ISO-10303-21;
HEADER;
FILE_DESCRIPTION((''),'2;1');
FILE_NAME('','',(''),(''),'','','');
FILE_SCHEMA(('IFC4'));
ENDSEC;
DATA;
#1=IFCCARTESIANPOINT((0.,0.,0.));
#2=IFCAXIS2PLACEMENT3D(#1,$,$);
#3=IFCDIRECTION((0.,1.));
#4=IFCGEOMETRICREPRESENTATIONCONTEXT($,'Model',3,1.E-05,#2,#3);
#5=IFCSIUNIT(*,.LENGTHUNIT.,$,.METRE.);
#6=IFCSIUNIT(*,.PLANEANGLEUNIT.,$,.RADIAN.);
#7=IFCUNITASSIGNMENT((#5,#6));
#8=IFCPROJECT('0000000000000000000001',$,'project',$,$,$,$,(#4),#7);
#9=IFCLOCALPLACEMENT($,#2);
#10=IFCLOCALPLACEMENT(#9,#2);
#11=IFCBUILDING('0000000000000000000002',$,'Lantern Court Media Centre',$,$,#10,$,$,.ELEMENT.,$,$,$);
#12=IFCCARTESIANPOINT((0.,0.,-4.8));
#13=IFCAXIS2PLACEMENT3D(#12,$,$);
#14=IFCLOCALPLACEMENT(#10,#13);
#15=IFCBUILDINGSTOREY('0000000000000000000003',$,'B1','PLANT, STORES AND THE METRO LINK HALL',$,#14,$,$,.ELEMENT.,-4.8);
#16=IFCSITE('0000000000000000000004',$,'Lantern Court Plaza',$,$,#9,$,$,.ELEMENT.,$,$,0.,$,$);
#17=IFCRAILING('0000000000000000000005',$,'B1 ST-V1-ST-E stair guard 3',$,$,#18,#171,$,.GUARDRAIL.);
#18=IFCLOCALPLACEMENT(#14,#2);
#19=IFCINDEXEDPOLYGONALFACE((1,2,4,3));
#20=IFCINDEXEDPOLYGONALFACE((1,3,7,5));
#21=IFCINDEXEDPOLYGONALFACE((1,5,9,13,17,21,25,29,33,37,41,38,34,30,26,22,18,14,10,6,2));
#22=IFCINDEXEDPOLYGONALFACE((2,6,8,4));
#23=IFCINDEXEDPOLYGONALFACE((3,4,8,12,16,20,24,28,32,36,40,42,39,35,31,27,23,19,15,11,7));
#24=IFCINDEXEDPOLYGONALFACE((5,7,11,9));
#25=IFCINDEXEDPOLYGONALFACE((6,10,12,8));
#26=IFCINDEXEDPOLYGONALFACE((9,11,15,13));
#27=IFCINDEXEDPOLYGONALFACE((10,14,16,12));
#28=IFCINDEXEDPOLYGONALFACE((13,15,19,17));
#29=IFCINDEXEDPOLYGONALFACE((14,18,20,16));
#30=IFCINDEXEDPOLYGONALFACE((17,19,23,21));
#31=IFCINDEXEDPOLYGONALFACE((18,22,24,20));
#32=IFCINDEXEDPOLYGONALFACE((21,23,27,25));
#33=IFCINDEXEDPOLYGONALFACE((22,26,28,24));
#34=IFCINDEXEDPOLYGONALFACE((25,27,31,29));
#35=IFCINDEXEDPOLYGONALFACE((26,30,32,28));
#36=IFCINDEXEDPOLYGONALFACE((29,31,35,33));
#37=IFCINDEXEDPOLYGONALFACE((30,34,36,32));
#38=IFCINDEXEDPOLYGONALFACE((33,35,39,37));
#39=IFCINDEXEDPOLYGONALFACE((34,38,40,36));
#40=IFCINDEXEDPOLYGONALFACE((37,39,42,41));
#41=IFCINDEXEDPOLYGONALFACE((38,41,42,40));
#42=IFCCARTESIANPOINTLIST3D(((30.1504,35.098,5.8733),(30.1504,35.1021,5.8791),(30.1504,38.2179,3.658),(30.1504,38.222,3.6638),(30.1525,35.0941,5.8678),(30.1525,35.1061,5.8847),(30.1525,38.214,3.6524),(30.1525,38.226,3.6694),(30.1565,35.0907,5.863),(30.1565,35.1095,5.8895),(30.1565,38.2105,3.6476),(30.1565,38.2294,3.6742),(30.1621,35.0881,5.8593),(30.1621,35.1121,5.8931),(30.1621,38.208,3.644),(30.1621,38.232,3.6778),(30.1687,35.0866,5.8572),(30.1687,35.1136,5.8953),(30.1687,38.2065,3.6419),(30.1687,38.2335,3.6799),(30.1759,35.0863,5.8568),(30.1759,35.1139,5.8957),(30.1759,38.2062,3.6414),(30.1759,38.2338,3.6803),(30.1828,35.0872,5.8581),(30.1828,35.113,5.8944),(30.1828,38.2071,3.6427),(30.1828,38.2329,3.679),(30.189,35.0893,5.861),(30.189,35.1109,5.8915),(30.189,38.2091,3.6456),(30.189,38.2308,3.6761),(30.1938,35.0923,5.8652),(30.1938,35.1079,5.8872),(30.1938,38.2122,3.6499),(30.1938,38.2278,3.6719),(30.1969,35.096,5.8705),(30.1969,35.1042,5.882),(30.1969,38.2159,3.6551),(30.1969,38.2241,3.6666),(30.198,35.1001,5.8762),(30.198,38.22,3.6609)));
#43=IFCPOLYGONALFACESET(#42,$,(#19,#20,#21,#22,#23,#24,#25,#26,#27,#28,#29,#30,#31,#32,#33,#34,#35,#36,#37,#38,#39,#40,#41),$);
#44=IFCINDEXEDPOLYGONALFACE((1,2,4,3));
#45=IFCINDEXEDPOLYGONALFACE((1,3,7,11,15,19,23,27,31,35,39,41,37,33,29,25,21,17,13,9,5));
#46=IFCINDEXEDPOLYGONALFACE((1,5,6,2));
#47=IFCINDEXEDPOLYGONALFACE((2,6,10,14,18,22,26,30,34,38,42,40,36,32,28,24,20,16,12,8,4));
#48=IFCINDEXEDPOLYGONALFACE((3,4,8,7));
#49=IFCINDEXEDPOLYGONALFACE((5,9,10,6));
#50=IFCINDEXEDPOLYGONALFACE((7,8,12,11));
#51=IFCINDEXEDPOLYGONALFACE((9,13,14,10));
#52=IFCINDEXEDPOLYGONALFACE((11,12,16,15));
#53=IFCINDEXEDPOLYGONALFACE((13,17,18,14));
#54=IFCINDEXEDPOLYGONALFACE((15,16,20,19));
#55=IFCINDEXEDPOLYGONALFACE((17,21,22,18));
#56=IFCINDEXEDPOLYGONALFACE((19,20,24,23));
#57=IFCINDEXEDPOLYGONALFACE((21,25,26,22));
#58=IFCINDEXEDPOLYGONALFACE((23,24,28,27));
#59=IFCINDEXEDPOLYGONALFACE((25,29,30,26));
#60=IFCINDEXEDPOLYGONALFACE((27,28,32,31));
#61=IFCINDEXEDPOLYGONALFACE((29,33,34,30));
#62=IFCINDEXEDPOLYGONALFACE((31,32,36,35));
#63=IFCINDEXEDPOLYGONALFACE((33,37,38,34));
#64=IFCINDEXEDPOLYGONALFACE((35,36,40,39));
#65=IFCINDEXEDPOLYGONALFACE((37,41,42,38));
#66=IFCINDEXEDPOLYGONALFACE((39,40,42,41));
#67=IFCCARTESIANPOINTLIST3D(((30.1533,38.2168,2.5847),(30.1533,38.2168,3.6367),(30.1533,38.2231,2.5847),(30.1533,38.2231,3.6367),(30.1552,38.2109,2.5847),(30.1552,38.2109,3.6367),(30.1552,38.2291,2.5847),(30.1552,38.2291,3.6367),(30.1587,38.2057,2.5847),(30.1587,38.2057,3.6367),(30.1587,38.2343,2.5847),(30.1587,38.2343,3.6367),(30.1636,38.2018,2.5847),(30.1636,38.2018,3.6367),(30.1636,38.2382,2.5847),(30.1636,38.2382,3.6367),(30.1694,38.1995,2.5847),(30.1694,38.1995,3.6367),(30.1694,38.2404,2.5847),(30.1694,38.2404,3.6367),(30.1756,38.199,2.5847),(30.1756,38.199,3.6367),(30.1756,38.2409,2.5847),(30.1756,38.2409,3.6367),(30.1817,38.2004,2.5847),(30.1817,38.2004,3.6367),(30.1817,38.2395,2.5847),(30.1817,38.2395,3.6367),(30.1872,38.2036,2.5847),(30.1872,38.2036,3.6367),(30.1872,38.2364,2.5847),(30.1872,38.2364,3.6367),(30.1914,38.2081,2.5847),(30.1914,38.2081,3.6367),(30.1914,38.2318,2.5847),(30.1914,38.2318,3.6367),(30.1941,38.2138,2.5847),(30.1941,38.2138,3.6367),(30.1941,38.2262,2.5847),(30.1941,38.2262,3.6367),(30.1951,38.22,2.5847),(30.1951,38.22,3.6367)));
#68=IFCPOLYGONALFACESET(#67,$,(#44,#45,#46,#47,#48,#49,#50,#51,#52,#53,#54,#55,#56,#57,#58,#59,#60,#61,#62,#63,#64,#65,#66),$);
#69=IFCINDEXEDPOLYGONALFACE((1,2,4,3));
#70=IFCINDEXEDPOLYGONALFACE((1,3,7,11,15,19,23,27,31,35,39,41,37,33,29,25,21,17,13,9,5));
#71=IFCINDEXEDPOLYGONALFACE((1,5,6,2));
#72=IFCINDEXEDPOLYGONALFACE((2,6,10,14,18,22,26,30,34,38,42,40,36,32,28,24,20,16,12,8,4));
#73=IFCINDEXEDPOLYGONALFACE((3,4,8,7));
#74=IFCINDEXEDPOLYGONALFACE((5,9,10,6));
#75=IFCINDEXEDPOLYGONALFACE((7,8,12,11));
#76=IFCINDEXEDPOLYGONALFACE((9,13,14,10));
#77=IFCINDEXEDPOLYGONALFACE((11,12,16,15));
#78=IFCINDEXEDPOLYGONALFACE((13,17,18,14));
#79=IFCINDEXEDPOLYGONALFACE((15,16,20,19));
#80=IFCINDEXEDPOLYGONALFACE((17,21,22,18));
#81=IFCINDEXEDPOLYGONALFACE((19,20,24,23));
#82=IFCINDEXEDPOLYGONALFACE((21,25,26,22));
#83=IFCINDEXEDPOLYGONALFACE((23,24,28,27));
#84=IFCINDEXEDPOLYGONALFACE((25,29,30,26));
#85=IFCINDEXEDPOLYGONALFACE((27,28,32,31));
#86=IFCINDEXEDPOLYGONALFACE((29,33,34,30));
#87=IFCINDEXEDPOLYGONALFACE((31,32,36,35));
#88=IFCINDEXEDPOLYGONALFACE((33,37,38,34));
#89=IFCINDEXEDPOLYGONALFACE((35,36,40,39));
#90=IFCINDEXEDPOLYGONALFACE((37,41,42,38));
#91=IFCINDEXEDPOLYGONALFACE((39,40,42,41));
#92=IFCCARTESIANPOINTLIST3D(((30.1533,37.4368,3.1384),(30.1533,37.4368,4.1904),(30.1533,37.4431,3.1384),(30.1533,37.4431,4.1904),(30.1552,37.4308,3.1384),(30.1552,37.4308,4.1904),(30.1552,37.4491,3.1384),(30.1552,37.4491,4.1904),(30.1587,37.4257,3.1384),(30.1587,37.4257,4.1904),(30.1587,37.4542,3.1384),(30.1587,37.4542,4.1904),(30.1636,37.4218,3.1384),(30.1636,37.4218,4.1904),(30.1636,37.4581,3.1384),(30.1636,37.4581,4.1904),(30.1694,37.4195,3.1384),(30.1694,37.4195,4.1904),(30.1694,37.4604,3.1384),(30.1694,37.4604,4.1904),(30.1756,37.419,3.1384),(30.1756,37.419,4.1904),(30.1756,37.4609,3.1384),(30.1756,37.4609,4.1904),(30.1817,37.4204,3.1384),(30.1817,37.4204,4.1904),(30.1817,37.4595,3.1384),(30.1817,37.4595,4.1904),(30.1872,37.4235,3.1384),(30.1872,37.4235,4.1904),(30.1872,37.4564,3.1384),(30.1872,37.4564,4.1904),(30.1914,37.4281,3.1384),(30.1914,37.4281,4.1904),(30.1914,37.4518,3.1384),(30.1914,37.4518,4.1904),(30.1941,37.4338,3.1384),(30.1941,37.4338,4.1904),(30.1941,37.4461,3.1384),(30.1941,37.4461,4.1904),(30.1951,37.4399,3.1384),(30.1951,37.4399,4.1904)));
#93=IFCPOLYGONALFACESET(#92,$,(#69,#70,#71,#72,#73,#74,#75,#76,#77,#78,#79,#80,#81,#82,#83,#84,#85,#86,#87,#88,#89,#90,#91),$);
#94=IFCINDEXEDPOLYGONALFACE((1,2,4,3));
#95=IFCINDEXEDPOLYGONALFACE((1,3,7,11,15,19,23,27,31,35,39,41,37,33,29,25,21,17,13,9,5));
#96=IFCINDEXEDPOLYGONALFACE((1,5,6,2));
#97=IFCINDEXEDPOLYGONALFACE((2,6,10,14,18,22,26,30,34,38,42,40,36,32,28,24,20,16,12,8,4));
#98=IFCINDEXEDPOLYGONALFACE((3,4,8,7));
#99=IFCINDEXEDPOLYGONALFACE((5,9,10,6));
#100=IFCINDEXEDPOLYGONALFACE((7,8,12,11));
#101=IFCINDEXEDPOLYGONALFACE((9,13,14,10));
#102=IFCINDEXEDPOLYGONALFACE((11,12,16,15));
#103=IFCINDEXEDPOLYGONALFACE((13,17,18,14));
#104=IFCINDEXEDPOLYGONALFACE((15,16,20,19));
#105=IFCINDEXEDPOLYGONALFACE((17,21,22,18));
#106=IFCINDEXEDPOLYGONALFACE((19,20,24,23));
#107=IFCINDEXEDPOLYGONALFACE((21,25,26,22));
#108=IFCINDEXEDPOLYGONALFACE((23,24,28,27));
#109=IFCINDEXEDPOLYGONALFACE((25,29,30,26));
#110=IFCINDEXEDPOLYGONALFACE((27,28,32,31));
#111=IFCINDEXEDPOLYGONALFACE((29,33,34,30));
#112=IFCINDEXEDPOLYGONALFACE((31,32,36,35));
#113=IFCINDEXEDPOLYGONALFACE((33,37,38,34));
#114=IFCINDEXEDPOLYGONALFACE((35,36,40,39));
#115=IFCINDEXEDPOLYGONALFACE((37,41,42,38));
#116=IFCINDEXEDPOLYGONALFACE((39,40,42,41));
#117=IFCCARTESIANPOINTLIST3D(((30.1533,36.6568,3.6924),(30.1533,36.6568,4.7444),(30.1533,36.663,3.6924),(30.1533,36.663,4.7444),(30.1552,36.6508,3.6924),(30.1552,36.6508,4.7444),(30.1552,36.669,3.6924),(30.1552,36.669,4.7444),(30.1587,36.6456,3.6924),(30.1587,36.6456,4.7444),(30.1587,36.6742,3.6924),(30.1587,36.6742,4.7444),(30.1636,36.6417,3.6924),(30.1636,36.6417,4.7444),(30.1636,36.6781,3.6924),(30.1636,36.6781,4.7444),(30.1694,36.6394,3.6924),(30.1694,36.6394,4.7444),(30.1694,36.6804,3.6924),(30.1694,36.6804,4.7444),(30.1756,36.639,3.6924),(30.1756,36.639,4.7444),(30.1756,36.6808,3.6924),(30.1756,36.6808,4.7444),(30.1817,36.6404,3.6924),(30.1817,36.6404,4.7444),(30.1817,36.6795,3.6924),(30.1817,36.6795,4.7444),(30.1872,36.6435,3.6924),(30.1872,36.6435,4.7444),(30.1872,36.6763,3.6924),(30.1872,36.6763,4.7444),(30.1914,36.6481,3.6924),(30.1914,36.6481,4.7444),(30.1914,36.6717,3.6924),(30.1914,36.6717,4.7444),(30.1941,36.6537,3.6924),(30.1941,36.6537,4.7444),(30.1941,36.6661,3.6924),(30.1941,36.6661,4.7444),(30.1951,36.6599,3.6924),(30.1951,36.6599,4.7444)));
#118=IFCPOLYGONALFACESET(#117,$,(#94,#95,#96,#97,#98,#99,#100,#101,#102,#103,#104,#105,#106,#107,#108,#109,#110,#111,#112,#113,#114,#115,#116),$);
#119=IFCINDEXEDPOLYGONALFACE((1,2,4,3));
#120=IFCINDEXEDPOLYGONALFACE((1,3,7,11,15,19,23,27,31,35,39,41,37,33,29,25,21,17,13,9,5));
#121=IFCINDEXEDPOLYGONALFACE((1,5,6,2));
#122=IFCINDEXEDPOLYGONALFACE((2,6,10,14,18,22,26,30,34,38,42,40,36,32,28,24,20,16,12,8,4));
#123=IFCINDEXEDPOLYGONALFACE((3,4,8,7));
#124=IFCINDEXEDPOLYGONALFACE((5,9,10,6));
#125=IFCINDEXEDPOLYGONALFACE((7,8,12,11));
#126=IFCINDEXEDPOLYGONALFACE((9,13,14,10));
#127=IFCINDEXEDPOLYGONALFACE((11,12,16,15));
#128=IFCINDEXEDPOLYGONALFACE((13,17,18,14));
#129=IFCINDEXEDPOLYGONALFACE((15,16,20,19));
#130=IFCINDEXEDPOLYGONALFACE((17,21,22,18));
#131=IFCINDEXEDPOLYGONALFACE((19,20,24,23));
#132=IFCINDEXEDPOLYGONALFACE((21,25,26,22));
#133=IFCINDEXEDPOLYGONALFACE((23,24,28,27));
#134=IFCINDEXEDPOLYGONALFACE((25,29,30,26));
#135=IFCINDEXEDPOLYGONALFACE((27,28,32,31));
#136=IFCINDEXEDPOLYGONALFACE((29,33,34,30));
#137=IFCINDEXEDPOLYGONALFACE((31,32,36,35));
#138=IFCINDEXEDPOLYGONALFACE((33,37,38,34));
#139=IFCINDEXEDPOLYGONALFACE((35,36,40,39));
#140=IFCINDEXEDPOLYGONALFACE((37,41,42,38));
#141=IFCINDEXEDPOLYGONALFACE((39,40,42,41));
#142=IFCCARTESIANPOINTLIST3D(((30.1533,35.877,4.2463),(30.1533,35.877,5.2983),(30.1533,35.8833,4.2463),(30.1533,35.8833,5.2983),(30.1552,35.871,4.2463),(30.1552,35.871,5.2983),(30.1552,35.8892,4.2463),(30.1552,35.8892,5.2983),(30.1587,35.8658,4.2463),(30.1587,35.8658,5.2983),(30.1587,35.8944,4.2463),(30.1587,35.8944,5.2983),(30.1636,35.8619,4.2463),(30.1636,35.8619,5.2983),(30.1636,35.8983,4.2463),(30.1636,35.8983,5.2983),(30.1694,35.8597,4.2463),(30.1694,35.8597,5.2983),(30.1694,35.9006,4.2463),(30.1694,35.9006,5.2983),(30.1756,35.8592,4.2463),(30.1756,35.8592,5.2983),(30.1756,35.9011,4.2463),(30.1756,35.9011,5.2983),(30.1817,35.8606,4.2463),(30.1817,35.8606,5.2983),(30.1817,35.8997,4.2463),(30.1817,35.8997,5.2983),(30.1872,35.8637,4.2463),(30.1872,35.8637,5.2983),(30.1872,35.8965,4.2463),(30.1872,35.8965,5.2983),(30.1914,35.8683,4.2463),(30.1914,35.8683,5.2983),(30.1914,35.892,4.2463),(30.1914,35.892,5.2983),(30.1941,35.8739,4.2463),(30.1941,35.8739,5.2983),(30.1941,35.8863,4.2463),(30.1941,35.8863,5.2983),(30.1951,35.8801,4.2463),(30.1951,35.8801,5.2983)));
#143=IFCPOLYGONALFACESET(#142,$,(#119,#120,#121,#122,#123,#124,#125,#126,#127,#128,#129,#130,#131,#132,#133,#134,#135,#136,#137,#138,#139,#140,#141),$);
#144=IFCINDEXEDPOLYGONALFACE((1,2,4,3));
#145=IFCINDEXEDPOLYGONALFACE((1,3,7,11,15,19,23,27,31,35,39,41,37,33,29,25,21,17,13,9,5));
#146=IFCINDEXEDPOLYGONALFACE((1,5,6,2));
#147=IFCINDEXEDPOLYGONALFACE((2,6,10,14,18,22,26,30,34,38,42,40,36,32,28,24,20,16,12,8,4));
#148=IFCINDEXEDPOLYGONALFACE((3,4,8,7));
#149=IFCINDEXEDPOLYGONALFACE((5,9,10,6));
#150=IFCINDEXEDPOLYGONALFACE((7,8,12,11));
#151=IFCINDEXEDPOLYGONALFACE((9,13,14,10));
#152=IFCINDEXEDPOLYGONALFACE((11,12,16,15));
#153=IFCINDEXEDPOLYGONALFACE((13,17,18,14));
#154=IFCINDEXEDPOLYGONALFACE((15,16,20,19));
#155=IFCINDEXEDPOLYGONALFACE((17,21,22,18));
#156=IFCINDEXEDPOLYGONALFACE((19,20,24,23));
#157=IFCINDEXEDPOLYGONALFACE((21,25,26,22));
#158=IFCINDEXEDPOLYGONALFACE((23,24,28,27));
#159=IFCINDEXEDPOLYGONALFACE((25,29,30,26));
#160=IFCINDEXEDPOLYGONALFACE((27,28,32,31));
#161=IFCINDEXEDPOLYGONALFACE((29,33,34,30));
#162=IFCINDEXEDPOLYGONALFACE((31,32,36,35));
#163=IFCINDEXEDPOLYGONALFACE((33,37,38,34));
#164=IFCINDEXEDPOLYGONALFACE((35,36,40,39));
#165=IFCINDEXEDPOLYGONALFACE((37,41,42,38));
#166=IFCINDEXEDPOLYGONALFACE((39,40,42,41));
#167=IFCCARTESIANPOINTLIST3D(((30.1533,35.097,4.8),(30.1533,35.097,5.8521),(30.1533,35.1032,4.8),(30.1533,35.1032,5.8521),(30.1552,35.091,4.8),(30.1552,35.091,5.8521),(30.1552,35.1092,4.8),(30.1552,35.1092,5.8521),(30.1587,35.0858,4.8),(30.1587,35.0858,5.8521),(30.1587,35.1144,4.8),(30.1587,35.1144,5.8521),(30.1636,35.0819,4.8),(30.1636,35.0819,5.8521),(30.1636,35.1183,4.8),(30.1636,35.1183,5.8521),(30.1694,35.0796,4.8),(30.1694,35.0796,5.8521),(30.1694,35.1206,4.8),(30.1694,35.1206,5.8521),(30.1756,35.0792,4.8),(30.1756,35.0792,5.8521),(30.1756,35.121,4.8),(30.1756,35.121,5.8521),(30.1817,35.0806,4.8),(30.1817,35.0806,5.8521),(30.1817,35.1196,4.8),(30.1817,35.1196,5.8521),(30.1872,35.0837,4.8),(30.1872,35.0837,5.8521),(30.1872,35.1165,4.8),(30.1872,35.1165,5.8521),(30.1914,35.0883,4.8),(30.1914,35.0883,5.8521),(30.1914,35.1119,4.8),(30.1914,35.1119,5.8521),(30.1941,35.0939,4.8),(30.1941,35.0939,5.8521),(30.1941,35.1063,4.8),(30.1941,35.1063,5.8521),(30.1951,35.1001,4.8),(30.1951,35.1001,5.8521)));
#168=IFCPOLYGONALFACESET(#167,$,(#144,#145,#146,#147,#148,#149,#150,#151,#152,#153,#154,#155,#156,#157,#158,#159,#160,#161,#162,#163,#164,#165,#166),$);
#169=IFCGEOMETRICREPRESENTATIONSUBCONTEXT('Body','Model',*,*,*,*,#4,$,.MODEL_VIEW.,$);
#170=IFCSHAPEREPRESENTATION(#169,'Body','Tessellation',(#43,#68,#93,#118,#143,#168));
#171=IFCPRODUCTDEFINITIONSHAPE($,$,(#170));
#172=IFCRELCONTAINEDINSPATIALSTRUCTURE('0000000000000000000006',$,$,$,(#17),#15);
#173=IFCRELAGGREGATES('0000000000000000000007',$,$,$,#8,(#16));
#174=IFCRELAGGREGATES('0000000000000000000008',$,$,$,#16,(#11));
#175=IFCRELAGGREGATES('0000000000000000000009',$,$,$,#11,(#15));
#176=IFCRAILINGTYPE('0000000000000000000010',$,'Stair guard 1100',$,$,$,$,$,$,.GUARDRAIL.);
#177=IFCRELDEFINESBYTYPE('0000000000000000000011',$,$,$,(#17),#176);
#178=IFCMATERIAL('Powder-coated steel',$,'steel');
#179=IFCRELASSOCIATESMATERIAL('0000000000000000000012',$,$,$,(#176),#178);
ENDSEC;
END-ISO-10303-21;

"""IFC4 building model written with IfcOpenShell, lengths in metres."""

from ifc_helpers import new_model, si_unit, direction, frame, origin, origin_2d, place, context, subcontext, project, spatial, circle, extrude, material, type_object, element, save


model = new_model("IFC4")

# Units and contexts
model_context = context("Model", 3, precision=1e-05, world=origin(), true_north=direction((0.0, 1.0)))
body_context = subcontext(model_context, "Body", "Model", "MODEL_VIEW")
ifc_project = project(units=[si_unit("LENGTHUNIT", "METRE"), si_unit("PLANEANGLEUNIT", "RADIAN")], contexts=[model_context])

# Site, building, storey
site_placement = place(None, origin())
site = spatial("IfcSite", under=ifc_project, at=site_placement, Name="Lantern Court Plaza", CompositionType="ELEMENT", RefElevation=0.0)
building_placement = place(site_placement, origin())
building = spatial("IfcBuilding", under=site, at=building_placement, Name="Lantern Court Media Centre", CompositionType="ELEMENT")
storey_placement = place(building_placement, frame((0.0, 0.0, -4.8)))
storey = spatial("IfcBuildingStorey", under=building, at=storey_placement, Name="B1", Description="PLANT, STORES AND THE METRO LINK HALL", CompositionType="ELEMENT", Elevation=-4.8)

# Railing
ifc_material_1 = material(Name="Powder-coated steel", Category="steel")
railing_type_1 = type_object("IfcRailingType", Name="Stair guard 1100", PredefinedType="GUARDRAIL", material=ifc_material_1)
railing_1_placement = place(storey_placement, frame((30.1741, 38.22, 2.5847)))
element("IfcRailing", 1, at=railing_1_placement, inside=storey, type_object=railing_type_1, Name="B1 ST-V1-ST-E stair guard 3", PredefinedType="GUARDRAIL", context=body_context, shape_type="SweptSolid", body=[
    extrude(circle(Radius=0.0239, at=origin_2d()), frame((0.0, 0.0, 1.0762), z_axis=(0.0, -0.815356, 0.578961), x_axis=(1.0, 0.0, 0.0)), (0.0, 0.0, 1.0), 3.8264),
    extrude(circle(Radius=0.021, at=origin_2d()), origin(), (0.0, 0.0, 1.0), 1.052),
    extrude(circle(Radius=0.021, at=origin_2d()), frame((0.0, -0.78, 0.5537)), (0.0, 0.0, 1.0), 1.052),
    extrude(circle(Radius=0.021, at=origin_2d()), frame((0.0, -1.5601, 1.1077)), (0.0, 0.0, 1.0), 1.052),
    extrude(circle(Radius=0.021, at=origin_2d()), frame((0.0, -2.3398, 1.6616)), (0.0, 0.0, 1.0), 1.052),
    extrude(circle(Radius=0.021, at=origin_2d()), frame((0.0, -3.1199, 2.2153)), (0.0, 0.0, 1.0), 1.052),
])

save(model, "model.ifc")
